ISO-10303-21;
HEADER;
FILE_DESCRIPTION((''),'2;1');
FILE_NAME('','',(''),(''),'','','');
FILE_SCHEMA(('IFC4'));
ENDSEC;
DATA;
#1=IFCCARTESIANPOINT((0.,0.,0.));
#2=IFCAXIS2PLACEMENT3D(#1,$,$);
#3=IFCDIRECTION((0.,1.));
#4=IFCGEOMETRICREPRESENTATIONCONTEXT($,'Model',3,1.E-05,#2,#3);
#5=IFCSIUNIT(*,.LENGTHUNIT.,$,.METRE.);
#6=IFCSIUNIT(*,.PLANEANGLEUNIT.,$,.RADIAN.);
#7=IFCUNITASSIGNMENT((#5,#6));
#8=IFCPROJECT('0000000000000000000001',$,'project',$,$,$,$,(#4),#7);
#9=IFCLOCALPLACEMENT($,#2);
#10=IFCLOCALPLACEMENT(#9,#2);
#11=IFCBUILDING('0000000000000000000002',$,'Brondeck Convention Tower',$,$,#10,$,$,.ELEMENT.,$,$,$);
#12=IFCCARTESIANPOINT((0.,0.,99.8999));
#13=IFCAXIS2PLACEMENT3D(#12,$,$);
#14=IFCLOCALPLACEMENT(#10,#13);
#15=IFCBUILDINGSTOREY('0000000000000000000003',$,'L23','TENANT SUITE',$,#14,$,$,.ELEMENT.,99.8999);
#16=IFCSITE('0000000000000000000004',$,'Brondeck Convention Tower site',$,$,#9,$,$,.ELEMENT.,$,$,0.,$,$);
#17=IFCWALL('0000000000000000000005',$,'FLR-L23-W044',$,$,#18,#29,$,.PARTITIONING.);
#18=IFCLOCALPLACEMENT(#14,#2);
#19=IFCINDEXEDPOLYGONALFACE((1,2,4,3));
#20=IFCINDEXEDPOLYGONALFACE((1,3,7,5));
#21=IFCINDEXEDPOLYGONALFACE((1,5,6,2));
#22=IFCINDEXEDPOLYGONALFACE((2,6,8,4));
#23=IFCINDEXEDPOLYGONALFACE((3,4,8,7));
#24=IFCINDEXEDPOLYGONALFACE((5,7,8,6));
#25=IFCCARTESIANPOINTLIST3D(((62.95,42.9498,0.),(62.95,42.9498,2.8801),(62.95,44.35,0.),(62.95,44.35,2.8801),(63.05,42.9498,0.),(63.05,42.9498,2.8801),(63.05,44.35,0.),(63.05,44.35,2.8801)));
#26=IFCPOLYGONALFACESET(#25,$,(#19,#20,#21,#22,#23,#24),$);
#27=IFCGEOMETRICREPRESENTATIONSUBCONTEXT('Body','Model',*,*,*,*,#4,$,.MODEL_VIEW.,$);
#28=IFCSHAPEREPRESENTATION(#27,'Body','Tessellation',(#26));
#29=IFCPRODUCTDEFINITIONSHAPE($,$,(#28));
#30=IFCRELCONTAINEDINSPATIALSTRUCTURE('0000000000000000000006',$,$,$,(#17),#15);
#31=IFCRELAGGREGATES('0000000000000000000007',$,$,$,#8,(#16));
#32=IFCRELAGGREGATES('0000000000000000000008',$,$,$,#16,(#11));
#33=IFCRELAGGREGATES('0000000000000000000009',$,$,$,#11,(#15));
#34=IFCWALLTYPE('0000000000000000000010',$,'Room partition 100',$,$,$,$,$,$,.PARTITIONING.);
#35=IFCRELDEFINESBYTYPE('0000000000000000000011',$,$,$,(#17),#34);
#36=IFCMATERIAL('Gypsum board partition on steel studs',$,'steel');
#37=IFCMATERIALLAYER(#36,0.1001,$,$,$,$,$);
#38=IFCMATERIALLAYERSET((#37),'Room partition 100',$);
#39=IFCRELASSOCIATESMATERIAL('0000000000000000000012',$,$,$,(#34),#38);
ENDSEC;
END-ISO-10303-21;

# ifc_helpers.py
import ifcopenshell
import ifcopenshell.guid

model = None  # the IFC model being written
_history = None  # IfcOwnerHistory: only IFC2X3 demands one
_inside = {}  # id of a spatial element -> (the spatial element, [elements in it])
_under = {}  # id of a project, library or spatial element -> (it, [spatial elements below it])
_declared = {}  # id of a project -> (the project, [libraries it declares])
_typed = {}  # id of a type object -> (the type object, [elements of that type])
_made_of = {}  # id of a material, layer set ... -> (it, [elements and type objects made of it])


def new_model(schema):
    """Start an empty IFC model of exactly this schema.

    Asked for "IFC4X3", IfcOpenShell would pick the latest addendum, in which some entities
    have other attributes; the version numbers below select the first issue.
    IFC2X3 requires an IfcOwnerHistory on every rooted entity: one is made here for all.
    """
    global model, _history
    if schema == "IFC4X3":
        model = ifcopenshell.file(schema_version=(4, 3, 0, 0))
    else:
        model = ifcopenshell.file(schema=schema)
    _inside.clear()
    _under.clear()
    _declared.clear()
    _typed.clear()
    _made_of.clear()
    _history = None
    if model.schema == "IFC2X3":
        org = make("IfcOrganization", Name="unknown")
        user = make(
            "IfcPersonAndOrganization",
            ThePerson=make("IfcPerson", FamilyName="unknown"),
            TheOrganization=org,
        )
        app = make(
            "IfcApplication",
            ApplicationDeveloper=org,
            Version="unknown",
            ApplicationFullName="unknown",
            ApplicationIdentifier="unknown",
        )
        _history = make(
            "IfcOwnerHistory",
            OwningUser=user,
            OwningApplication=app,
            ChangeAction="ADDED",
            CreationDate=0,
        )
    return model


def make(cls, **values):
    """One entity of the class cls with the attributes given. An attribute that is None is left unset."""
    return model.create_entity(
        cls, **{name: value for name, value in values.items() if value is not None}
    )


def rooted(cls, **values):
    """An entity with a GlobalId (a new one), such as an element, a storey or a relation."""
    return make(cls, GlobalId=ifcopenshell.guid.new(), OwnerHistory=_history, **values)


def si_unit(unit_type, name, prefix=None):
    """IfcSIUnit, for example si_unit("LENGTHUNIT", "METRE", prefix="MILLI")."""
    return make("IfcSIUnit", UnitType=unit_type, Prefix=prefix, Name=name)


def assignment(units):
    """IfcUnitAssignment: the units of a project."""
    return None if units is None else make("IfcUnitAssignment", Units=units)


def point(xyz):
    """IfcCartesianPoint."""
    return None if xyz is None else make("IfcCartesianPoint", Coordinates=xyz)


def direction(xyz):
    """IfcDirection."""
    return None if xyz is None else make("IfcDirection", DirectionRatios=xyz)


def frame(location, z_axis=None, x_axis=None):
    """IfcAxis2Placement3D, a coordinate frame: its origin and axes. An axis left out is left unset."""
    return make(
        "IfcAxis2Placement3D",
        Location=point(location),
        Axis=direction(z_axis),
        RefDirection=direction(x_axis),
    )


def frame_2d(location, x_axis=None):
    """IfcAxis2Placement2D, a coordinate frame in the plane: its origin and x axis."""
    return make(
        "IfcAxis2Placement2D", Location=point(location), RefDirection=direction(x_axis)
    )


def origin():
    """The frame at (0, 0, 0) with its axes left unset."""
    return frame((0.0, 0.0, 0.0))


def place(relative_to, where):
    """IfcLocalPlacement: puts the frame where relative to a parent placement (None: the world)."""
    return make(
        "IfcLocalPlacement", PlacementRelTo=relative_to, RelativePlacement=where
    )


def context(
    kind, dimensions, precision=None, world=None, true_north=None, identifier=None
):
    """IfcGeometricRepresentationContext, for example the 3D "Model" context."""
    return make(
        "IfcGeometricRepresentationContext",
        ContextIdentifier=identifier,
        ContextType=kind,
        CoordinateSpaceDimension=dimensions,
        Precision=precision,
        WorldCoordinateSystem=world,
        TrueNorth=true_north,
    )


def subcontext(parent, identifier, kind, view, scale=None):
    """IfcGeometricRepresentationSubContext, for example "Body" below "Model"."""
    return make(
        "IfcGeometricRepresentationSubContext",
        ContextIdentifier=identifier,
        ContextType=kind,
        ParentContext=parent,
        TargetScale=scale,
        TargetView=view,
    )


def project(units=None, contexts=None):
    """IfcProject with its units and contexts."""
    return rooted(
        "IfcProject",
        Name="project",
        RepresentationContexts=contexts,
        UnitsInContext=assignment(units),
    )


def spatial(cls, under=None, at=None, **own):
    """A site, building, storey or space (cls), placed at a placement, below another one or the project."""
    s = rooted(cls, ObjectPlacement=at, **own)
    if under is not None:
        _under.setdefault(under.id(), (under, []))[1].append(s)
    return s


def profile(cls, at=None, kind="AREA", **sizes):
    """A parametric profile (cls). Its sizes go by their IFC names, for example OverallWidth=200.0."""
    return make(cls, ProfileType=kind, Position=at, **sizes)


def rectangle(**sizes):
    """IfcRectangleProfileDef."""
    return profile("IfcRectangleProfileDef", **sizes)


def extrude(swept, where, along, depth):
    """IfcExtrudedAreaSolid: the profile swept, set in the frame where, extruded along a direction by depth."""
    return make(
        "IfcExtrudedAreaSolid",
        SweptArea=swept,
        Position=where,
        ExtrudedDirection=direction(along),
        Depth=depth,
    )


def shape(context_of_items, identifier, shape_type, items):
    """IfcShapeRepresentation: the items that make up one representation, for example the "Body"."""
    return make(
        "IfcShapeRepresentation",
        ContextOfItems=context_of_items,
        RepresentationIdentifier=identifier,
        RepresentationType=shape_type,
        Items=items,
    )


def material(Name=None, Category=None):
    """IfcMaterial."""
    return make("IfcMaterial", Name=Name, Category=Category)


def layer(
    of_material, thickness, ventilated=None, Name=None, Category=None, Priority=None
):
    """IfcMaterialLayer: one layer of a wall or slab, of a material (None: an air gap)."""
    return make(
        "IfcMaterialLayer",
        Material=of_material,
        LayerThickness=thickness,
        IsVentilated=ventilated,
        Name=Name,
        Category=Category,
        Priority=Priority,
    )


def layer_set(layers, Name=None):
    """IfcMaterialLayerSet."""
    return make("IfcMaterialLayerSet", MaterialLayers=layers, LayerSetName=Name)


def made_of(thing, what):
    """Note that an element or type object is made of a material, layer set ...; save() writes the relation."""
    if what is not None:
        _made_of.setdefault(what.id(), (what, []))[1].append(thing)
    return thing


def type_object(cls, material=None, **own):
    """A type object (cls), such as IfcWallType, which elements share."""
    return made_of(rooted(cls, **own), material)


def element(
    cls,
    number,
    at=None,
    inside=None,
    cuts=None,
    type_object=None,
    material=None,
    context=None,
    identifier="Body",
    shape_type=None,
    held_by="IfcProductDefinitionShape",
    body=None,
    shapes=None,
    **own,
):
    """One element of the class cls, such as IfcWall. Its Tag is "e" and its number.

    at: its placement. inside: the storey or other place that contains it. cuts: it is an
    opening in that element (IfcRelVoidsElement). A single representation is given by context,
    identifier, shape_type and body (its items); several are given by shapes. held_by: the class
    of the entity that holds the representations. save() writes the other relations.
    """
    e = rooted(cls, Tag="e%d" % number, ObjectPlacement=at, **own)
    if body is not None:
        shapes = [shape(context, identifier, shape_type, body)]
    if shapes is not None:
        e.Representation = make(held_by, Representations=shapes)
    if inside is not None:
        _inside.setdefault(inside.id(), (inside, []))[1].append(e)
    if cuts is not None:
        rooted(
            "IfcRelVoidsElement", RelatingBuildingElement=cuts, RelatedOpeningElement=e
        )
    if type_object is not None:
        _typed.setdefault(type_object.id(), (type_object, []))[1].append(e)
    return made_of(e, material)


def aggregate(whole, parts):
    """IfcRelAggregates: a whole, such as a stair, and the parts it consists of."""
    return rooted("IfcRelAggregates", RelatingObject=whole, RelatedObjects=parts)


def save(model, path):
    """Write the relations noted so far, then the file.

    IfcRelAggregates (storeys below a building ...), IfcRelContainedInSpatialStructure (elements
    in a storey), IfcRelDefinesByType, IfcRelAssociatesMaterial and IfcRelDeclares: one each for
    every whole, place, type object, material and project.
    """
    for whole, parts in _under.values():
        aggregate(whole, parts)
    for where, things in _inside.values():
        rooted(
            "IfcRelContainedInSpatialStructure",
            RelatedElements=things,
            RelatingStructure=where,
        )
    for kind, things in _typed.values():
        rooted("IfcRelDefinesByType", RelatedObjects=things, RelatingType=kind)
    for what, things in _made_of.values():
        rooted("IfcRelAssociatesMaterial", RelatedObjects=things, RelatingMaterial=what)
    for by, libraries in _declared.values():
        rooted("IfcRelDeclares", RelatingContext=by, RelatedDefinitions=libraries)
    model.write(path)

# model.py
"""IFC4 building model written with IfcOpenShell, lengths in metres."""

from ifc_helpers import new_model, si_unit, direction, frame, frame_2d, origin, place, context, subcontext, project, spatial, rectangle, extrude, material, layer, layer_set, type_object, element, save


model = new_model("IFC4")

# Units and contexts
model_context = context("Model", 3, precision=1e-05, world=origin(), true_north=direction((0.0, 1.0)))
body_context = subcontext(model_context, "Body", "Model", "MODEL_VIEW")
ifc_project = project(units=[si_unit("LENGTHUNIT", "METRE"), si_unit("PLANEANGLEUNIT", "RADIAN")], contexts=[model_context])

# Site, building, storey
site_placement = place(None, origin())
site = spatial("IfcSite", under=ifc_project, at=site_placement, Name="Brondeck Convention Tower site", CompositionType="ELEMENT", RefElevation=0.0)
building_placement = place(site_placement, origin())
building = spatial("IfcBuilding", under=site, at=building_placement, Name="Brondeck Convention Tower", CompositionType="ELEMENT")
storey_placement = place(building_placement, frame((0.0, 0.0, 99.8999)))
storey = spatial("IfcBuildingStorey", under=building, at=storey_placement, Name="L23", Description="TENANT SUITE", CompositionType="ELEMENT", Elevation=99.8999)

# Shared definitions
ifc_material_1 = material(Name="Gypsum board partition on steel studs", Category="steel")
ifc_layer_1 = layer(ifc_material_1, 0.1001)
ifc_layer_set_1 = layer_set([ifc_layer_1], Name="Room partition 100")
wall_type_1 = type_object("IfcWallType", Name="Room partition 100", PredefinedType="PARTITIONING", material=ifc_layer_set_1)

# Wall
wall_1_placement = place(storey_placement, frame((63.0, 44.3501, 0.0), z_axis=(0.0, 0.0, 1.0), x_axis=(0.0, -1.0, 0.0)))
element("IfcWall", 1, at=wall_1_placement, inside=storey, type_object=wall_type_1, Name="FLR-L23-W044", PredefinedType="PARTITIONING", context=body_context, shape_type="SweptSolid", body=[
    extrude(rectangle(XDim=1.4001, YDim=0.1001, at=frame_2d((0.7002, 0.0))), origin(), (0.0, 0.0, 1.0), 2.8801),
])

save(model, "model.ifc")
